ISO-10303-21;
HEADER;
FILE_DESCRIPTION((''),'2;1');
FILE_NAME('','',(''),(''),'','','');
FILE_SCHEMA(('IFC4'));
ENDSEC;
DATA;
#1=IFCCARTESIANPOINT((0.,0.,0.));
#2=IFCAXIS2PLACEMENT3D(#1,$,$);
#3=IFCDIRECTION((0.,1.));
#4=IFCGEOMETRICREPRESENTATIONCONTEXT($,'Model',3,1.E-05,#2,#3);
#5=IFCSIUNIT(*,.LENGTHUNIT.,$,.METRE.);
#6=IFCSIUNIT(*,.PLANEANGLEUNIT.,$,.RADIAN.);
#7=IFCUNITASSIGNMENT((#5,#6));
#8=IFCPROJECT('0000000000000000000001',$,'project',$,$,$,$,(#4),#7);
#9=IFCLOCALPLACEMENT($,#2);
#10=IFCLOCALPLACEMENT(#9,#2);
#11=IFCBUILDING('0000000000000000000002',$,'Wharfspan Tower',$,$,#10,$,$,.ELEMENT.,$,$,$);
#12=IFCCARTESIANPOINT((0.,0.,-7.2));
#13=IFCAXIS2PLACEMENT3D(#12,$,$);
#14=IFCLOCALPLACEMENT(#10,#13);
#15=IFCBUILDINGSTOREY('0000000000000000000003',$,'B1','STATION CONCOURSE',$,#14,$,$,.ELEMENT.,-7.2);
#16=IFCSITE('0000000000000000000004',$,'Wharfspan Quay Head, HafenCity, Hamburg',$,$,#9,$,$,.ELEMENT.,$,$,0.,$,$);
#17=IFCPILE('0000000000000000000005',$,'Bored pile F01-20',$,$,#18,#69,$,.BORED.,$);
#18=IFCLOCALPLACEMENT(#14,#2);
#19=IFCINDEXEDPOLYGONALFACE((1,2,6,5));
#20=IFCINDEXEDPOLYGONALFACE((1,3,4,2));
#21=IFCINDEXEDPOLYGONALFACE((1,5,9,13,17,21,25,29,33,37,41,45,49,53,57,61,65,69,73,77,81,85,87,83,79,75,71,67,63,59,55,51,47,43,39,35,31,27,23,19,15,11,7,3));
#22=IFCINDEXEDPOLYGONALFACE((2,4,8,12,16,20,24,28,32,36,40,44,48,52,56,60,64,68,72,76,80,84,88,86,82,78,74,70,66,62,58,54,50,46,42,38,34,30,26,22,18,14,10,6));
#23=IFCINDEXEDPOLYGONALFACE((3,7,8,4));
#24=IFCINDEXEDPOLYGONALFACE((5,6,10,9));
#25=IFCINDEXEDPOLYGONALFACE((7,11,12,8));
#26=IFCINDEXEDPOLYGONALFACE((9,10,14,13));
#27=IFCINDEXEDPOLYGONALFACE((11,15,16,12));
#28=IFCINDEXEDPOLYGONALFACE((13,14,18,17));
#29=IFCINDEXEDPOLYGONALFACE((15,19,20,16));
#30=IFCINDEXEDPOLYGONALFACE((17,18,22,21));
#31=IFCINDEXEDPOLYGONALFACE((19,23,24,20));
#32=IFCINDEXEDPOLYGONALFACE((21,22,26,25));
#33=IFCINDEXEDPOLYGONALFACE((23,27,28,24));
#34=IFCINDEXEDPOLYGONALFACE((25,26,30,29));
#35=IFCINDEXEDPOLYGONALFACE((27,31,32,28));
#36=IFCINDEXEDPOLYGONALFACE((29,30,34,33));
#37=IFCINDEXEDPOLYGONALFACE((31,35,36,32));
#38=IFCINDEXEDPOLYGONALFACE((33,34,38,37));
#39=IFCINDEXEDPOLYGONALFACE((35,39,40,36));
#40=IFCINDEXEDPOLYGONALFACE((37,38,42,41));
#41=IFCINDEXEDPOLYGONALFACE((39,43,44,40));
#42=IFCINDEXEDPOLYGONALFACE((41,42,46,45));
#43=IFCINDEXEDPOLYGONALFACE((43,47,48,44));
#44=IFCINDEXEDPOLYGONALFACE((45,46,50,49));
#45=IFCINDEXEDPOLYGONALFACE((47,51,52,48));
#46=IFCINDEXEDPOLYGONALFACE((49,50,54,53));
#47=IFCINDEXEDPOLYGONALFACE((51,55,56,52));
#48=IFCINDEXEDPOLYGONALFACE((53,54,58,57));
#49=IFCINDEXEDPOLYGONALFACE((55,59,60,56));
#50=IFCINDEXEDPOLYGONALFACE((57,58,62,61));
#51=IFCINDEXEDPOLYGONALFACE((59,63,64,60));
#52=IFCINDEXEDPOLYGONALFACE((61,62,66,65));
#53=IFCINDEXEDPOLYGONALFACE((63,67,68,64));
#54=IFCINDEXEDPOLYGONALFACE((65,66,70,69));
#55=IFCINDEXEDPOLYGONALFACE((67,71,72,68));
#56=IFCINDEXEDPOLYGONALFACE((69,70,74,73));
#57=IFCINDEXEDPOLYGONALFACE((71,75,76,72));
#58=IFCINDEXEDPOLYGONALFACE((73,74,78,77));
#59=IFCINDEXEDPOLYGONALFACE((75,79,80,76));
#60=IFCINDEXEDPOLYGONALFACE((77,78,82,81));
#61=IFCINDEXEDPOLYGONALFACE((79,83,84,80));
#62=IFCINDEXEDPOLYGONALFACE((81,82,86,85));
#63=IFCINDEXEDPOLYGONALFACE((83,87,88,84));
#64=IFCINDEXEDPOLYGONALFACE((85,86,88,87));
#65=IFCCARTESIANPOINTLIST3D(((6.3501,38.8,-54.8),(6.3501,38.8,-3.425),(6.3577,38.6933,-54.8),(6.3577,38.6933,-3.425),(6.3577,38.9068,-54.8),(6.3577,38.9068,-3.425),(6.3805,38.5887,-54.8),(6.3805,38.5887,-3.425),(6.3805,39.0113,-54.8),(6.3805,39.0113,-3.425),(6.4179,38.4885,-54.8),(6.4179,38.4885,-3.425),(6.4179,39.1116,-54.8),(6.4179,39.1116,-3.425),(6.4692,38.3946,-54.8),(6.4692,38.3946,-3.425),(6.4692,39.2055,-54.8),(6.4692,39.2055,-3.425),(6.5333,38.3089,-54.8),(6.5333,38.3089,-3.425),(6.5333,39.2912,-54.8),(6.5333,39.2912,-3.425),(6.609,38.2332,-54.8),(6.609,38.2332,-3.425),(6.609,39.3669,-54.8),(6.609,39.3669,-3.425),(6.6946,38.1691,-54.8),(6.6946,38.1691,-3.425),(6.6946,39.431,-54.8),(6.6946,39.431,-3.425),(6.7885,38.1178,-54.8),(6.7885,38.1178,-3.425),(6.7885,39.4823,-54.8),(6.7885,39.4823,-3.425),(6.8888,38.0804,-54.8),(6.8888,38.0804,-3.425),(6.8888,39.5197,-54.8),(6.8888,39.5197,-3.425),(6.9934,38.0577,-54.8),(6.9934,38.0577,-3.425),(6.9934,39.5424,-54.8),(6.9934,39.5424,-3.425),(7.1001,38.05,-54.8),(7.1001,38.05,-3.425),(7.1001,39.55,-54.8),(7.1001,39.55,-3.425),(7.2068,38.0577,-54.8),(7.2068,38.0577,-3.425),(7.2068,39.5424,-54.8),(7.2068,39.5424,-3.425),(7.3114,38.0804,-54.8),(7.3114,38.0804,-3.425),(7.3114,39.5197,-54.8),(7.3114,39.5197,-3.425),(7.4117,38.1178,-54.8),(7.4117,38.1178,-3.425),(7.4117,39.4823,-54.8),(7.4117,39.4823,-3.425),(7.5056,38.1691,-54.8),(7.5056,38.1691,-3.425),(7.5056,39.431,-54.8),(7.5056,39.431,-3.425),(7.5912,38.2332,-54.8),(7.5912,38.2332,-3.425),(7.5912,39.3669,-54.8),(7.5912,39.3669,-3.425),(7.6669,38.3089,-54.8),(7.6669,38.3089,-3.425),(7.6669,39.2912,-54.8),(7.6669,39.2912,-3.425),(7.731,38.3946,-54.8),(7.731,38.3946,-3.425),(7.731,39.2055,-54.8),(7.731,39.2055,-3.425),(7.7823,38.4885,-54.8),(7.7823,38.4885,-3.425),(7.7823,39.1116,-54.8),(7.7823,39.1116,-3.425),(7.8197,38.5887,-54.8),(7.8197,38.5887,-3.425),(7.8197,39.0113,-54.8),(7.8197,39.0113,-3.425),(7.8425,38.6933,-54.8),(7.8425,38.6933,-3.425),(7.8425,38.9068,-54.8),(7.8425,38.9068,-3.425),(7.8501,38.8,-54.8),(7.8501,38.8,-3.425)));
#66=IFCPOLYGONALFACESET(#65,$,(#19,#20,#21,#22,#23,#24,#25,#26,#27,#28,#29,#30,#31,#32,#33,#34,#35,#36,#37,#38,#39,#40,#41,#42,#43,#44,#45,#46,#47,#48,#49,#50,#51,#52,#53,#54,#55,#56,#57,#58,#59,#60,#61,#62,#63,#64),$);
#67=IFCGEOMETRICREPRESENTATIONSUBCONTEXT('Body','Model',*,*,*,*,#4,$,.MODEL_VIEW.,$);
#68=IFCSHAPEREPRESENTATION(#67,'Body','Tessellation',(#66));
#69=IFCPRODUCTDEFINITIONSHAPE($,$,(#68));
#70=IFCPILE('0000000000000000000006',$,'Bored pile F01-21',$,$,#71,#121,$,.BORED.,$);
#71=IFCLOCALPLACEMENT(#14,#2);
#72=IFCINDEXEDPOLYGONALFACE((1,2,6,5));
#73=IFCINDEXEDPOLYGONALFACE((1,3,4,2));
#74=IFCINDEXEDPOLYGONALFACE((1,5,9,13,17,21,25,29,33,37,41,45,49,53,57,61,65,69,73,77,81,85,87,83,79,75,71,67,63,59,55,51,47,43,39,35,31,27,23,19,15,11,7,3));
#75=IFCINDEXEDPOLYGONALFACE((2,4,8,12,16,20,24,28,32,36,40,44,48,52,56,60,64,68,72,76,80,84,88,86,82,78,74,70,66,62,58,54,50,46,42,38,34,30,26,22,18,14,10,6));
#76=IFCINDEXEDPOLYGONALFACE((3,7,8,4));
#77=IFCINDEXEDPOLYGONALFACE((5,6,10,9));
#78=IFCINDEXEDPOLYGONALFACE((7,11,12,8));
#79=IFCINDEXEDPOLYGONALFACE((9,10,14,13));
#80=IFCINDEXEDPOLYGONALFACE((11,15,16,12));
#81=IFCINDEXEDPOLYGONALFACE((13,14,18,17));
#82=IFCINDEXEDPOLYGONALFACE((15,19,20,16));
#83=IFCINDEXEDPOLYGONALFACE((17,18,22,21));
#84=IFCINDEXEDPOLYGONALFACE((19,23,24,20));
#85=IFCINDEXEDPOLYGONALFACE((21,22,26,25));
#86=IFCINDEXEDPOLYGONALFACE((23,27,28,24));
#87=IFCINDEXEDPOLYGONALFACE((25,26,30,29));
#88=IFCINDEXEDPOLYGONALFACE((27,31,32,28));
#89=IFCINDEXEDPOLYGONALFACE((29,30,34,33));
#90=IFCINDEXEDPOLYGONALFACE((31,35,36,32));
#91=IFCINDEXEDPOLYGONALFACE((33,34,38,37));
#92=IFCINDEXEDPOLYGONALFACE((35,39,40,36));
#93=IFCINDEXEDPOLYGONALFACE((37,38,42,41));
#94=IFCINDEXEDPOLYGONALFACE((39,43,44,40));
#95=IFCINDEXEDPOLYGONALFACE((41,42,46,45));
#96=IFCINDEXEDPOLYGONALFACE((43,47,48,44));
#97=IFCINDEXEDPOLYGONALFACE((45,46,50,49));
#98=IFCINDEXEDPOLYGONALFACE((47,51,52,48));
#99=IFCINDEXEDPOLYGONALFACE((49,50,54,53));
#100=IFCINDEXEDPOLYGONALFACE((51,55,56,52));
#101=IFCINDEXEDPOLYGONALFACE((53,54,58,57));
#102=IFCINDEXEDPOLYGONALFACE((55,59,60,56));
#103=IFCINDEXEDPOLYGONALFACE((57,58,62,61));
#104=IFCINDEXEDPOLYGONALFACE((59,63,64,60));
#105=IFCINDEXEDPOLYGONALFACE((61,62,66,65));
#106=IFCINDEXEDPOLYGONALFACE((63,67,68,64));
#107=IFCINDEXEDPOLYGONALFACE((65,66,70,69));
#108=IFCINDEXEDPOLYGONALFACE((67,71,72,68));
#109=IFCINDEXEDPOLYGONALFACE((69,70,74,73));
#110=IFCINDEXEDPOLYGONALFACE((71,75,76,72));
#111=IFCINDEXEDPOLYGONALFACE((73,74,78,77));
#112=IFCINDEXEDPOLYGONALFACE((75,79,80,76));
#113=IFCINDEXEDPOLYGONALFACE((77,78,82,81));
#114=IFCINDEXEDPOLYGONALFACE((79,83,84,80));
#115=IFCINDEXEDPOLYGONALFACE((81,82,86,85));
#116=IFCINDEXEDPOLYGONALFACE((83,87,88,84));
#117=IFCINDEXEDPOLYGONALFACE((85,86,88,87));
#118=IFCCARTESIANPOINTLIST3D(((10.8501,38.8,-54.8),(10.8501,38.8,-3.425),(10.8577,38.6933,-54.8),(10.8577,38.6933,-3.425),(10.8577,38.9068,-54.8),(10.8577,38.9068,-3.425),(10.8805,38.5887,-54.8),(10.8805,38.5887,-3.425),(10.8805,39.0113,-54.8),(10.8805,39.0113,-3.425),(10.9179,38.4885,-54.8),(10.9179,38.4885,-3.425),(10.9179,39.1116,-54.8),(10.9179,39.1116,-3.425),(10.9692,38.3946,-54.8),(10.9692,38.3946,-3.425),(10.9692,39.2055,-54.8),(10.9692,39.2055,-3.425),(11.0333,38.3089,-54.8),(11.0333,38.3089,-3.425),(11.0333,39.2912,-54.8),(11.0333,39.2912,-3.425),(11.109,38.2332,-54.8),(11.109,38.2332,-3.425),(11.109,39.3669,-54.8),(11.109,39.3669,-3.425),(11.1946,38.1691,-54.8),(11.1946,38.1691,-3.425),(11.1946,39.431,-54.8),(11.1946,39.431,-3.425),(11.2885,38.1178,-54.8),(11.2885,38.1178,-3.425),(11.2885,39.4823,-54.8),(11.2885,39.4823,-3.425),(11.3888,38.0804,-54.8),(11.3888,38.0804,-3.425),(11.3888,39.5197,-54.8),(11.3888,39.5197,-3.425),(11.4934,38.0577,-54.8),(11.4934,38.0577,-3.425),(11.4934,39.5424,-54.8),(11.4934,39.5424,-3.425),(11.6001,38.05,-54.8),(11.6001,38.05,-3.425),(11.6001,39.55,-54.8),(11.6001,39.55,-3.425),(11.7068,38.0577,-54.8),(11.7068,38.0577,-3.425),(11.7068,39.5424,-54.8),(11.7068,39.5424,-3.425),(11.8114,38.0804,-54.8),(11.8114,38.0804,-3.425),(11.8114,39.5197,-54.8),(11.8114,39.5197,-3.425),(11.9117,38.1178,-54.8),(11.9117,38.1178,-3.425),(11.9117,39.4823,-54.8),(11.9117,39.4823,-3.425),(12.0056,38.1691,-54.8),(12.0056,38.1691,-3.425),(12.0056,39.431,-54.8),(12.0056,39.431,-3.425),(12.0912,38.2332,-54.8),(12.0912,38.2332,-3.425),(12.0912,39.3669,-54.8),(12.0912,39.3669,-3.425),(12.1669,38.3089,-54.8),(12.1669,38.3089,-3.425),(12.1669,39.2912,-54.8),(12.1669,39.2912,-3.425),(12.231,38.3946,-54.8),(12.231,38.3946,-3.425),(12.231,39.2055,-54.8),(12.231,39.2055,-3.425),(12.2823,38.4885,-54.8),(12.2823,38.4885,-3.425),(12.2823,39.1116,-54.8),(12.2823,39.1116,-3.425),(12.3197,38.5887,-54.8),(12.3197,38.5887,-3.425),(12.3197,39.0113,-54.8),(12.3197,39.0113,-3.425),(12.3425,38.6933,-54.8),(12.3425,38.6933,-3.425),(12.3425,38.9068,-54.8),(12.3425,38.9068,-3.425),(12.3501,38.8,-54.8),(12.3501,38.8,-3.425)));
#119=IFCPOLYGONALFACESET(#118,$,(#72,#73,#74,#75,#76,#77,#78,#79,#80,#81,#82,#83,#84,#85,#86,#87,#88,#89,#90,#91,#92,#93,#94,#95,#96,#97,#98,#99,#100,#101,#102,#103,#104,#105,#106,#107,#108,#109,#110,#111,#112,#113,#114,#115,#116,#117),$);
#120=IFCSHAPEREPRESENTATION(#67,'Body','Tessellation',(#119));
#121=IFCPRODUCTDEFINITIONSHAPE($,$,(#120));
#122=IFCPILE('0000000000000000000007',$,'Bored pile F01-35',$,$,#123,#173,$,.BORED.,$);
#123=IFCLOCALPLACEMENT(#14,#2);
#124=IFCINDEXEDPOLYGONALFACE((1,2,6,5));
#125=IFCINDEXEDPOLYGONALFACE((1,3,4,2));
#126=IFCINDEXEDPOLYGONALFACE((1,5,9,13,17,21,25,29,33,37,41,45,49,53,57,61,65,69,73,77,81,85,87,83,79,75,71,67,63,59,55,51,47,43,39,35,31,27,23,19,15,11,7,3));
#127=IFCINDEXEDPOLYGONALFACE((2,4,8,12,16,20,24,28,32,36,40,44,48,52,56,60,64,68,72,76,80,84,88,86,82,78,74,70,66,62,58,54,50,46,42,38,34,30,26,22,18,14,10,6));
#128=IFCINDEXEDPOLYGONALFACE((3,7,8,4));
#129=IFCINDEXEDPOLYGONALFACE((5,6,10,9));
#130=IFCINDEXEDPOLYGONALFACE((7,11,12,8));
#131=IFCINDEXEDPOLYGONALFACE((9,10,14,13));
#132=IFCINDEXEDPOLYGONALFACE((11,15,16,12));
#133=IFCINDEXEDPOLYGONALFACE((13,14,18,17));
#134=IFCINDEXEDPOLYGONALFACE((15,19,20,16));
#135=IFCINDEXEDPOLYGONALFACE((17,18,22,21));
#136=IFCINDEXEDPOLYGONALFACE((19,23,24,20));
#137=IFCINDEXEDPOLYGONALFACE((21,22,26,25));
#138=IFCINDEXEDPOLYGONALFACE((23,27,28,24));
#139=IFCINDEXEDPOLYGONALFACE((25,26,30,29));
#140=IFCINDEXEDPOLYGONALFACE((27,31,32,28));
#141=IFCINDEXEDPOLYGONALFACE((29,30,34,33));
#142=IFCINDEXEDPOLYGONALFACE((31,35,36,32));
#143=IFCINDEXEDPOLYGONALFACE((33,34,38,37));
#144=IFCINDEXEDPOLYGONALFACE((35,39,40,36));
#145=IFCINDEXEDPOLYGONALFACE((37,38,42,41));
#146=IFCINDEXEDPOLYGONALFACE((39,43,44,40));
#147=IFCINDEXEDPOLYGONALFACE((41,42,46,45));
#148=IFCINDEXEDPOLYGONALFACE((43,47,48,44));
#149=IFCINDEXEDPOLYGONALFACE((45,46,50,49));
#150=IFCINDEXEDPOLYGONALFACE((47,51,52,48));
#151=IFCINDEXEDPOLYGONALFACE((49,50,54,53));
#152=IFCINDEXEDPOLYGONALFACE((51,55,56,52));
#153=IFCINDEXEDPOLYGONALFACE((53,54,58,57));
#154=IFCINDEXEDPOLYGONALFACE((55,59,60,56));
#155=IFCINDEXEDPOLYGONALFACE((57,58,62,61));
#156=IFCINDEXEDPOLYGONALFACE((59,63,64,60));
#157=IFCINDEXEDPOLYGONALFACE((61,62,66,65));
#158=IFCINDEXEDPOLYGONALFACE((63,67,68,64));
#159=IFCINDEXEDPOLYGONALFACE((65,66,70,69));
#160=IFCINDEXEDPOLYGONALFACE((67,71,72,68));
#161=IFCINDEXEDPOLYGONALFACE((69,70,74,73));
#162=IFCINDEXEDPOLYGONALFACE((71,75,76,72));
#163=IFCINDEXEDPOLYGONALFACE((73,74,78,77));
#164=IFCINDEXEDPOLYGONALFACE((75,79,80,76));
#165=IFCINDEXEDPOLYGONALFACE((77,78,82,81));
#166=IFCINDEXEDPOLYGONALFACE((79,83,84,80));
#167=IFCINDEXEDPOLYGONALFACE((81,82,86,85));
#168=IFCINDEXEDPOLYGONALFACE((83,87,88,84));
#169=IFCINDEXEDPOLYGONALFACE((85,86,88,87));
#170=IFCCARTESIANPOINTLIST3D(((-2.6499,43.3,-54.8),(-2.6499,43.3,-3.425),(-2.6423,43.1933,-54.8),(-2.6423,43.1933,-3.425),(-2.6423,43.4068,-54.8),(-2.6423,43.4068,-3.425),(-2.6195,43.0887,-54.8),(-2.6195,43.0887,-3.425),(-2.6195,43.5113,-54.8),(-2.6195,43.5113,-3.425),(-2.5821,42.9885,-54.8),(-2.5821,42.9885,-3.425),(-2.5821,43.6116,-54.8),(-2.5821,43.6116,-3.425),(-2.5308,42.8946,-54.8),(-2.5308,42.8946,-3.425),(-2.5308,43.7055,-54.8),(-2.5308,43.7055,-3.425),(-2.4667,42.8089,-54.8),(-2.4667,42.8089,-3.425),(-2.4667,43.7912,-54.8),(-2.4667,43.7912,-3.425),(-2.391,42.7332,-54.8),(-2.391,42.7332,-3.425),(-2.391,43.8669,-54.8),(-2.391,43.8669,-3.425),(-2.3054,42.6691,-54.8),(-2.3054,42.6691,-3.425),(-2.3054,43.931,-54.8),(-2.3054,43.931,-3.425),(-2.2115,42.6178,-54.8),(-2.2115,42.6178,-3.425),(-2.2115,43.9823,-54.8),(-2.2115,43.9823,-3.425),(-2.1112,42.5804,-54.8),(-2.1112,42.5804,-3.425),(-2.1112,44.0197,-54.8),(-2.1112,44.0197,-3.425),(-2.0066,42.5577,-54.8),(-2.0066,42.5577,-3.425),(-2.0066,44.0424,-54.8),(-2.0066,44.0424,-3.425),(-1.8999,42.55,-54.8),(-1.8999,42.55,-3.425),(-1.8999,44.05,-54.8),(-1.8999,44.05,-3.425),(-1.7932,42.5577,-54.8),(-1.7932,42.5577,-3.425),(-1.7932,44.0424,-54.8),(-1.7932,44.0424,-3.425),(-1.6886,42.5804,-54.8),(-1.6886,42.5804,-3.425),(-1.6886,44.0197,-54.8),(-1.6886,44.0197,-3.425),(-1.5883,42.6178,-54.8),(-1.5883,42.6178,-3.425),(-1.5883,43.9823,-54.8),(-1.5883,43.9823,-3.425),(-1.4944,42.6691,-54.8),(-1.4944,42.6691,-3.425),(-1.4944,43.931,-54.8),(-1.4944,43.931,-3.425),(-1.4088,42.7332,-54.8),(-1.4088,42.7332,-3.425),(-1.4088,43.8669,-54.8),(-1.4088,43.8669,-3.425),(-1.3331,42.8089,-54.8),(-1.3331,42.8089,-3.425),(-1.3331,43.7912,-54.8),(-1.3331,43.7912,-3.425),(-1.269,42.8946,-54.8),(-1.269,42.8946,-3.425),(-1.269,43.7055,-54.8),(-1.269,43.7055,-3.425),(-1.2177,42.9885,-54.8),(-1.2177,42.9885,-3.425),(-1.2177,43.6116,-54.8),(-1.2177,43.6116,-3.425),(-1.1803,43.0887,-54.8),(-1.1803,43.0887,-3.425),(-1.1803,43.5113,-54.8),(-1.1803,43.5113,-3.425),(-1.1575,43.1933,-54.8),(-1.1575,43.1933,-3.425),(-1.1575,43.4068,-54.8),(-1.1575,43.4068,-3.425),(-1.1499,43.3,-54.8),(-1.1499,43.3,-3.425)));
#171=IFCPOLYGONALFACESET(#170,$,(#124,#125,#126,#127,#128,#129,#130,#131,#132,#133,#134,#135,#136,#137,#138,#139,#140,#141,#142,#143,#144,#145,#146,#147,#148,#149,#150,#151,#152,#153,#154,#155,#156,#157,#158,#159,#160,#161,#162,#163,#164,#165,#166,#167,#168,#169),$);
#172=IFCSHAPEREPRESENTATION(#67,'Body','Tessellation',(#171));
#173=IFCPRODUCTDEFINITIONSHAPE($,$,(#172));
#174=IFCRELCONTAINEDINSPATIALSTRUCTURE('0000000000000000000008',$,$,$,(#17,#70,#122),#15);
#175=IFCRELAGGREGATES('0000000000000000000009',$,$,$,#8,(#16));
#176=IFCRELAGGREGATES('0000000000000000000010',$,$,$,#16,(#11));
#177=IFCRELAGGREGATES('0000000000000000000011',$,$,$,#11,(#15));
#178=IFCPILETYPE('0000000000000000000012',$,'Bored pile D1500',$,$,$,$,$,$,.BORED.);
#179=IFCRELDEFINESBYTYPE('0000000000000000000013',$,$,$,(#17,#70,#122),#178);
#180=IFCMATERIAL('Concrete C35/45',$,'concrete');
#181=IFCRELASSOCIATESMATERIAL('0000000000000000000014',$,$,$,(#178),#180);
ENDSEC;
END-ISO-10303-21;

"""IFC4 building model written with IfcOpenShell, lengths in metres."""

from ifc_helpers import new_model, si_unit, direction, frame, origin, origin_2d, place, context, subcontext, project, spatial, circle, extrude, material, material_profile, profile_set, type_object, element, save


model = new_model("IFC4")

# Units and contexts
model_context = context("Model", 3, precision=1e-05, world=origin(), true_north=direction((0.0, 1.0)))
body_context = subcontext(model_context, "Body", "Model", "MODEL_VIEW")
ifc_project = project(units=[si_unit("LENGTHUNIT", "METRE"), si_unit("PLANEANGLEUNIT", "RADIAN")], contexts=[model_context])

# Site, building, storey
site_placement = place(None, origin())
site = spatial("IfcSite", under=ifc_project, at=site_placement, Name="Wharfspan Quay Head, HafenCity, Hamburg", CompositionType="ELEMENT", RefElevation=0.0)
building_placement = place(site_placement, origin())
building = spatial("IfcBuilding", under=site, at=building_placement, Name="Wharfspan Tower", CompositionType="ELEMENT")
storey_placement = place(building_placement, frame((0.0, 0.0, -7.2)))
storey = spatial("IfcBuildingStorey", under=building, at=storey_placement, Name="B1", Description="STATION CONCOURSE", CompositionType="ELEMENT", Elevation=-7.2)

# Piles
ifc_material_1 = material(Name="Concrete C35/45", Category="concrete")
ifc_material_profile_1 = material_profile(ifc_material_1, circle(Radius=0.75, at=origin_2d()))
ifc_profile_set_1 = profile_set([ifc_material_profile_1], Name="Concrete C35/45")
pile_type = type_object("IfcPileType", Name="Bored pile D1500", PredefinedType="BORED", material=ifc_profile_set_1)
for number, where, z_axis, x_axis, name in (
    (1, (7.1001, 38.8, -3.425), (0.0, 0.0, -1.0), (1.0, 0.0, 0.0), "Bored pile F01-20"),
    (2, (11.6001, 38.8, -3.425), (0.0, 0.0, -1.0), (1.0, 0.0, 0.0), "Bored pile F01-21"),
    (3, (-1.8999, 43.3, -3.425), (0.0, 0.0, -1.0), (1.0, 0.0, 0.0), "Bored pile F01-35"),
):
    element("IfcPile", number, at=place(storey_placement, frame(where, z_axis=z_axis, x_axis=x_axis)), inside=storey, type_object=pile_type, Name=name, PredefinedType="BORED", context=body_context, shape_type="SweptSolid", body=[
        extrude(circle(Radius=0.75, at=origin_2d()), origin(), (0.0, 0.0, 1.0), 51.375),
    ])

save(model, "model.ifc")
